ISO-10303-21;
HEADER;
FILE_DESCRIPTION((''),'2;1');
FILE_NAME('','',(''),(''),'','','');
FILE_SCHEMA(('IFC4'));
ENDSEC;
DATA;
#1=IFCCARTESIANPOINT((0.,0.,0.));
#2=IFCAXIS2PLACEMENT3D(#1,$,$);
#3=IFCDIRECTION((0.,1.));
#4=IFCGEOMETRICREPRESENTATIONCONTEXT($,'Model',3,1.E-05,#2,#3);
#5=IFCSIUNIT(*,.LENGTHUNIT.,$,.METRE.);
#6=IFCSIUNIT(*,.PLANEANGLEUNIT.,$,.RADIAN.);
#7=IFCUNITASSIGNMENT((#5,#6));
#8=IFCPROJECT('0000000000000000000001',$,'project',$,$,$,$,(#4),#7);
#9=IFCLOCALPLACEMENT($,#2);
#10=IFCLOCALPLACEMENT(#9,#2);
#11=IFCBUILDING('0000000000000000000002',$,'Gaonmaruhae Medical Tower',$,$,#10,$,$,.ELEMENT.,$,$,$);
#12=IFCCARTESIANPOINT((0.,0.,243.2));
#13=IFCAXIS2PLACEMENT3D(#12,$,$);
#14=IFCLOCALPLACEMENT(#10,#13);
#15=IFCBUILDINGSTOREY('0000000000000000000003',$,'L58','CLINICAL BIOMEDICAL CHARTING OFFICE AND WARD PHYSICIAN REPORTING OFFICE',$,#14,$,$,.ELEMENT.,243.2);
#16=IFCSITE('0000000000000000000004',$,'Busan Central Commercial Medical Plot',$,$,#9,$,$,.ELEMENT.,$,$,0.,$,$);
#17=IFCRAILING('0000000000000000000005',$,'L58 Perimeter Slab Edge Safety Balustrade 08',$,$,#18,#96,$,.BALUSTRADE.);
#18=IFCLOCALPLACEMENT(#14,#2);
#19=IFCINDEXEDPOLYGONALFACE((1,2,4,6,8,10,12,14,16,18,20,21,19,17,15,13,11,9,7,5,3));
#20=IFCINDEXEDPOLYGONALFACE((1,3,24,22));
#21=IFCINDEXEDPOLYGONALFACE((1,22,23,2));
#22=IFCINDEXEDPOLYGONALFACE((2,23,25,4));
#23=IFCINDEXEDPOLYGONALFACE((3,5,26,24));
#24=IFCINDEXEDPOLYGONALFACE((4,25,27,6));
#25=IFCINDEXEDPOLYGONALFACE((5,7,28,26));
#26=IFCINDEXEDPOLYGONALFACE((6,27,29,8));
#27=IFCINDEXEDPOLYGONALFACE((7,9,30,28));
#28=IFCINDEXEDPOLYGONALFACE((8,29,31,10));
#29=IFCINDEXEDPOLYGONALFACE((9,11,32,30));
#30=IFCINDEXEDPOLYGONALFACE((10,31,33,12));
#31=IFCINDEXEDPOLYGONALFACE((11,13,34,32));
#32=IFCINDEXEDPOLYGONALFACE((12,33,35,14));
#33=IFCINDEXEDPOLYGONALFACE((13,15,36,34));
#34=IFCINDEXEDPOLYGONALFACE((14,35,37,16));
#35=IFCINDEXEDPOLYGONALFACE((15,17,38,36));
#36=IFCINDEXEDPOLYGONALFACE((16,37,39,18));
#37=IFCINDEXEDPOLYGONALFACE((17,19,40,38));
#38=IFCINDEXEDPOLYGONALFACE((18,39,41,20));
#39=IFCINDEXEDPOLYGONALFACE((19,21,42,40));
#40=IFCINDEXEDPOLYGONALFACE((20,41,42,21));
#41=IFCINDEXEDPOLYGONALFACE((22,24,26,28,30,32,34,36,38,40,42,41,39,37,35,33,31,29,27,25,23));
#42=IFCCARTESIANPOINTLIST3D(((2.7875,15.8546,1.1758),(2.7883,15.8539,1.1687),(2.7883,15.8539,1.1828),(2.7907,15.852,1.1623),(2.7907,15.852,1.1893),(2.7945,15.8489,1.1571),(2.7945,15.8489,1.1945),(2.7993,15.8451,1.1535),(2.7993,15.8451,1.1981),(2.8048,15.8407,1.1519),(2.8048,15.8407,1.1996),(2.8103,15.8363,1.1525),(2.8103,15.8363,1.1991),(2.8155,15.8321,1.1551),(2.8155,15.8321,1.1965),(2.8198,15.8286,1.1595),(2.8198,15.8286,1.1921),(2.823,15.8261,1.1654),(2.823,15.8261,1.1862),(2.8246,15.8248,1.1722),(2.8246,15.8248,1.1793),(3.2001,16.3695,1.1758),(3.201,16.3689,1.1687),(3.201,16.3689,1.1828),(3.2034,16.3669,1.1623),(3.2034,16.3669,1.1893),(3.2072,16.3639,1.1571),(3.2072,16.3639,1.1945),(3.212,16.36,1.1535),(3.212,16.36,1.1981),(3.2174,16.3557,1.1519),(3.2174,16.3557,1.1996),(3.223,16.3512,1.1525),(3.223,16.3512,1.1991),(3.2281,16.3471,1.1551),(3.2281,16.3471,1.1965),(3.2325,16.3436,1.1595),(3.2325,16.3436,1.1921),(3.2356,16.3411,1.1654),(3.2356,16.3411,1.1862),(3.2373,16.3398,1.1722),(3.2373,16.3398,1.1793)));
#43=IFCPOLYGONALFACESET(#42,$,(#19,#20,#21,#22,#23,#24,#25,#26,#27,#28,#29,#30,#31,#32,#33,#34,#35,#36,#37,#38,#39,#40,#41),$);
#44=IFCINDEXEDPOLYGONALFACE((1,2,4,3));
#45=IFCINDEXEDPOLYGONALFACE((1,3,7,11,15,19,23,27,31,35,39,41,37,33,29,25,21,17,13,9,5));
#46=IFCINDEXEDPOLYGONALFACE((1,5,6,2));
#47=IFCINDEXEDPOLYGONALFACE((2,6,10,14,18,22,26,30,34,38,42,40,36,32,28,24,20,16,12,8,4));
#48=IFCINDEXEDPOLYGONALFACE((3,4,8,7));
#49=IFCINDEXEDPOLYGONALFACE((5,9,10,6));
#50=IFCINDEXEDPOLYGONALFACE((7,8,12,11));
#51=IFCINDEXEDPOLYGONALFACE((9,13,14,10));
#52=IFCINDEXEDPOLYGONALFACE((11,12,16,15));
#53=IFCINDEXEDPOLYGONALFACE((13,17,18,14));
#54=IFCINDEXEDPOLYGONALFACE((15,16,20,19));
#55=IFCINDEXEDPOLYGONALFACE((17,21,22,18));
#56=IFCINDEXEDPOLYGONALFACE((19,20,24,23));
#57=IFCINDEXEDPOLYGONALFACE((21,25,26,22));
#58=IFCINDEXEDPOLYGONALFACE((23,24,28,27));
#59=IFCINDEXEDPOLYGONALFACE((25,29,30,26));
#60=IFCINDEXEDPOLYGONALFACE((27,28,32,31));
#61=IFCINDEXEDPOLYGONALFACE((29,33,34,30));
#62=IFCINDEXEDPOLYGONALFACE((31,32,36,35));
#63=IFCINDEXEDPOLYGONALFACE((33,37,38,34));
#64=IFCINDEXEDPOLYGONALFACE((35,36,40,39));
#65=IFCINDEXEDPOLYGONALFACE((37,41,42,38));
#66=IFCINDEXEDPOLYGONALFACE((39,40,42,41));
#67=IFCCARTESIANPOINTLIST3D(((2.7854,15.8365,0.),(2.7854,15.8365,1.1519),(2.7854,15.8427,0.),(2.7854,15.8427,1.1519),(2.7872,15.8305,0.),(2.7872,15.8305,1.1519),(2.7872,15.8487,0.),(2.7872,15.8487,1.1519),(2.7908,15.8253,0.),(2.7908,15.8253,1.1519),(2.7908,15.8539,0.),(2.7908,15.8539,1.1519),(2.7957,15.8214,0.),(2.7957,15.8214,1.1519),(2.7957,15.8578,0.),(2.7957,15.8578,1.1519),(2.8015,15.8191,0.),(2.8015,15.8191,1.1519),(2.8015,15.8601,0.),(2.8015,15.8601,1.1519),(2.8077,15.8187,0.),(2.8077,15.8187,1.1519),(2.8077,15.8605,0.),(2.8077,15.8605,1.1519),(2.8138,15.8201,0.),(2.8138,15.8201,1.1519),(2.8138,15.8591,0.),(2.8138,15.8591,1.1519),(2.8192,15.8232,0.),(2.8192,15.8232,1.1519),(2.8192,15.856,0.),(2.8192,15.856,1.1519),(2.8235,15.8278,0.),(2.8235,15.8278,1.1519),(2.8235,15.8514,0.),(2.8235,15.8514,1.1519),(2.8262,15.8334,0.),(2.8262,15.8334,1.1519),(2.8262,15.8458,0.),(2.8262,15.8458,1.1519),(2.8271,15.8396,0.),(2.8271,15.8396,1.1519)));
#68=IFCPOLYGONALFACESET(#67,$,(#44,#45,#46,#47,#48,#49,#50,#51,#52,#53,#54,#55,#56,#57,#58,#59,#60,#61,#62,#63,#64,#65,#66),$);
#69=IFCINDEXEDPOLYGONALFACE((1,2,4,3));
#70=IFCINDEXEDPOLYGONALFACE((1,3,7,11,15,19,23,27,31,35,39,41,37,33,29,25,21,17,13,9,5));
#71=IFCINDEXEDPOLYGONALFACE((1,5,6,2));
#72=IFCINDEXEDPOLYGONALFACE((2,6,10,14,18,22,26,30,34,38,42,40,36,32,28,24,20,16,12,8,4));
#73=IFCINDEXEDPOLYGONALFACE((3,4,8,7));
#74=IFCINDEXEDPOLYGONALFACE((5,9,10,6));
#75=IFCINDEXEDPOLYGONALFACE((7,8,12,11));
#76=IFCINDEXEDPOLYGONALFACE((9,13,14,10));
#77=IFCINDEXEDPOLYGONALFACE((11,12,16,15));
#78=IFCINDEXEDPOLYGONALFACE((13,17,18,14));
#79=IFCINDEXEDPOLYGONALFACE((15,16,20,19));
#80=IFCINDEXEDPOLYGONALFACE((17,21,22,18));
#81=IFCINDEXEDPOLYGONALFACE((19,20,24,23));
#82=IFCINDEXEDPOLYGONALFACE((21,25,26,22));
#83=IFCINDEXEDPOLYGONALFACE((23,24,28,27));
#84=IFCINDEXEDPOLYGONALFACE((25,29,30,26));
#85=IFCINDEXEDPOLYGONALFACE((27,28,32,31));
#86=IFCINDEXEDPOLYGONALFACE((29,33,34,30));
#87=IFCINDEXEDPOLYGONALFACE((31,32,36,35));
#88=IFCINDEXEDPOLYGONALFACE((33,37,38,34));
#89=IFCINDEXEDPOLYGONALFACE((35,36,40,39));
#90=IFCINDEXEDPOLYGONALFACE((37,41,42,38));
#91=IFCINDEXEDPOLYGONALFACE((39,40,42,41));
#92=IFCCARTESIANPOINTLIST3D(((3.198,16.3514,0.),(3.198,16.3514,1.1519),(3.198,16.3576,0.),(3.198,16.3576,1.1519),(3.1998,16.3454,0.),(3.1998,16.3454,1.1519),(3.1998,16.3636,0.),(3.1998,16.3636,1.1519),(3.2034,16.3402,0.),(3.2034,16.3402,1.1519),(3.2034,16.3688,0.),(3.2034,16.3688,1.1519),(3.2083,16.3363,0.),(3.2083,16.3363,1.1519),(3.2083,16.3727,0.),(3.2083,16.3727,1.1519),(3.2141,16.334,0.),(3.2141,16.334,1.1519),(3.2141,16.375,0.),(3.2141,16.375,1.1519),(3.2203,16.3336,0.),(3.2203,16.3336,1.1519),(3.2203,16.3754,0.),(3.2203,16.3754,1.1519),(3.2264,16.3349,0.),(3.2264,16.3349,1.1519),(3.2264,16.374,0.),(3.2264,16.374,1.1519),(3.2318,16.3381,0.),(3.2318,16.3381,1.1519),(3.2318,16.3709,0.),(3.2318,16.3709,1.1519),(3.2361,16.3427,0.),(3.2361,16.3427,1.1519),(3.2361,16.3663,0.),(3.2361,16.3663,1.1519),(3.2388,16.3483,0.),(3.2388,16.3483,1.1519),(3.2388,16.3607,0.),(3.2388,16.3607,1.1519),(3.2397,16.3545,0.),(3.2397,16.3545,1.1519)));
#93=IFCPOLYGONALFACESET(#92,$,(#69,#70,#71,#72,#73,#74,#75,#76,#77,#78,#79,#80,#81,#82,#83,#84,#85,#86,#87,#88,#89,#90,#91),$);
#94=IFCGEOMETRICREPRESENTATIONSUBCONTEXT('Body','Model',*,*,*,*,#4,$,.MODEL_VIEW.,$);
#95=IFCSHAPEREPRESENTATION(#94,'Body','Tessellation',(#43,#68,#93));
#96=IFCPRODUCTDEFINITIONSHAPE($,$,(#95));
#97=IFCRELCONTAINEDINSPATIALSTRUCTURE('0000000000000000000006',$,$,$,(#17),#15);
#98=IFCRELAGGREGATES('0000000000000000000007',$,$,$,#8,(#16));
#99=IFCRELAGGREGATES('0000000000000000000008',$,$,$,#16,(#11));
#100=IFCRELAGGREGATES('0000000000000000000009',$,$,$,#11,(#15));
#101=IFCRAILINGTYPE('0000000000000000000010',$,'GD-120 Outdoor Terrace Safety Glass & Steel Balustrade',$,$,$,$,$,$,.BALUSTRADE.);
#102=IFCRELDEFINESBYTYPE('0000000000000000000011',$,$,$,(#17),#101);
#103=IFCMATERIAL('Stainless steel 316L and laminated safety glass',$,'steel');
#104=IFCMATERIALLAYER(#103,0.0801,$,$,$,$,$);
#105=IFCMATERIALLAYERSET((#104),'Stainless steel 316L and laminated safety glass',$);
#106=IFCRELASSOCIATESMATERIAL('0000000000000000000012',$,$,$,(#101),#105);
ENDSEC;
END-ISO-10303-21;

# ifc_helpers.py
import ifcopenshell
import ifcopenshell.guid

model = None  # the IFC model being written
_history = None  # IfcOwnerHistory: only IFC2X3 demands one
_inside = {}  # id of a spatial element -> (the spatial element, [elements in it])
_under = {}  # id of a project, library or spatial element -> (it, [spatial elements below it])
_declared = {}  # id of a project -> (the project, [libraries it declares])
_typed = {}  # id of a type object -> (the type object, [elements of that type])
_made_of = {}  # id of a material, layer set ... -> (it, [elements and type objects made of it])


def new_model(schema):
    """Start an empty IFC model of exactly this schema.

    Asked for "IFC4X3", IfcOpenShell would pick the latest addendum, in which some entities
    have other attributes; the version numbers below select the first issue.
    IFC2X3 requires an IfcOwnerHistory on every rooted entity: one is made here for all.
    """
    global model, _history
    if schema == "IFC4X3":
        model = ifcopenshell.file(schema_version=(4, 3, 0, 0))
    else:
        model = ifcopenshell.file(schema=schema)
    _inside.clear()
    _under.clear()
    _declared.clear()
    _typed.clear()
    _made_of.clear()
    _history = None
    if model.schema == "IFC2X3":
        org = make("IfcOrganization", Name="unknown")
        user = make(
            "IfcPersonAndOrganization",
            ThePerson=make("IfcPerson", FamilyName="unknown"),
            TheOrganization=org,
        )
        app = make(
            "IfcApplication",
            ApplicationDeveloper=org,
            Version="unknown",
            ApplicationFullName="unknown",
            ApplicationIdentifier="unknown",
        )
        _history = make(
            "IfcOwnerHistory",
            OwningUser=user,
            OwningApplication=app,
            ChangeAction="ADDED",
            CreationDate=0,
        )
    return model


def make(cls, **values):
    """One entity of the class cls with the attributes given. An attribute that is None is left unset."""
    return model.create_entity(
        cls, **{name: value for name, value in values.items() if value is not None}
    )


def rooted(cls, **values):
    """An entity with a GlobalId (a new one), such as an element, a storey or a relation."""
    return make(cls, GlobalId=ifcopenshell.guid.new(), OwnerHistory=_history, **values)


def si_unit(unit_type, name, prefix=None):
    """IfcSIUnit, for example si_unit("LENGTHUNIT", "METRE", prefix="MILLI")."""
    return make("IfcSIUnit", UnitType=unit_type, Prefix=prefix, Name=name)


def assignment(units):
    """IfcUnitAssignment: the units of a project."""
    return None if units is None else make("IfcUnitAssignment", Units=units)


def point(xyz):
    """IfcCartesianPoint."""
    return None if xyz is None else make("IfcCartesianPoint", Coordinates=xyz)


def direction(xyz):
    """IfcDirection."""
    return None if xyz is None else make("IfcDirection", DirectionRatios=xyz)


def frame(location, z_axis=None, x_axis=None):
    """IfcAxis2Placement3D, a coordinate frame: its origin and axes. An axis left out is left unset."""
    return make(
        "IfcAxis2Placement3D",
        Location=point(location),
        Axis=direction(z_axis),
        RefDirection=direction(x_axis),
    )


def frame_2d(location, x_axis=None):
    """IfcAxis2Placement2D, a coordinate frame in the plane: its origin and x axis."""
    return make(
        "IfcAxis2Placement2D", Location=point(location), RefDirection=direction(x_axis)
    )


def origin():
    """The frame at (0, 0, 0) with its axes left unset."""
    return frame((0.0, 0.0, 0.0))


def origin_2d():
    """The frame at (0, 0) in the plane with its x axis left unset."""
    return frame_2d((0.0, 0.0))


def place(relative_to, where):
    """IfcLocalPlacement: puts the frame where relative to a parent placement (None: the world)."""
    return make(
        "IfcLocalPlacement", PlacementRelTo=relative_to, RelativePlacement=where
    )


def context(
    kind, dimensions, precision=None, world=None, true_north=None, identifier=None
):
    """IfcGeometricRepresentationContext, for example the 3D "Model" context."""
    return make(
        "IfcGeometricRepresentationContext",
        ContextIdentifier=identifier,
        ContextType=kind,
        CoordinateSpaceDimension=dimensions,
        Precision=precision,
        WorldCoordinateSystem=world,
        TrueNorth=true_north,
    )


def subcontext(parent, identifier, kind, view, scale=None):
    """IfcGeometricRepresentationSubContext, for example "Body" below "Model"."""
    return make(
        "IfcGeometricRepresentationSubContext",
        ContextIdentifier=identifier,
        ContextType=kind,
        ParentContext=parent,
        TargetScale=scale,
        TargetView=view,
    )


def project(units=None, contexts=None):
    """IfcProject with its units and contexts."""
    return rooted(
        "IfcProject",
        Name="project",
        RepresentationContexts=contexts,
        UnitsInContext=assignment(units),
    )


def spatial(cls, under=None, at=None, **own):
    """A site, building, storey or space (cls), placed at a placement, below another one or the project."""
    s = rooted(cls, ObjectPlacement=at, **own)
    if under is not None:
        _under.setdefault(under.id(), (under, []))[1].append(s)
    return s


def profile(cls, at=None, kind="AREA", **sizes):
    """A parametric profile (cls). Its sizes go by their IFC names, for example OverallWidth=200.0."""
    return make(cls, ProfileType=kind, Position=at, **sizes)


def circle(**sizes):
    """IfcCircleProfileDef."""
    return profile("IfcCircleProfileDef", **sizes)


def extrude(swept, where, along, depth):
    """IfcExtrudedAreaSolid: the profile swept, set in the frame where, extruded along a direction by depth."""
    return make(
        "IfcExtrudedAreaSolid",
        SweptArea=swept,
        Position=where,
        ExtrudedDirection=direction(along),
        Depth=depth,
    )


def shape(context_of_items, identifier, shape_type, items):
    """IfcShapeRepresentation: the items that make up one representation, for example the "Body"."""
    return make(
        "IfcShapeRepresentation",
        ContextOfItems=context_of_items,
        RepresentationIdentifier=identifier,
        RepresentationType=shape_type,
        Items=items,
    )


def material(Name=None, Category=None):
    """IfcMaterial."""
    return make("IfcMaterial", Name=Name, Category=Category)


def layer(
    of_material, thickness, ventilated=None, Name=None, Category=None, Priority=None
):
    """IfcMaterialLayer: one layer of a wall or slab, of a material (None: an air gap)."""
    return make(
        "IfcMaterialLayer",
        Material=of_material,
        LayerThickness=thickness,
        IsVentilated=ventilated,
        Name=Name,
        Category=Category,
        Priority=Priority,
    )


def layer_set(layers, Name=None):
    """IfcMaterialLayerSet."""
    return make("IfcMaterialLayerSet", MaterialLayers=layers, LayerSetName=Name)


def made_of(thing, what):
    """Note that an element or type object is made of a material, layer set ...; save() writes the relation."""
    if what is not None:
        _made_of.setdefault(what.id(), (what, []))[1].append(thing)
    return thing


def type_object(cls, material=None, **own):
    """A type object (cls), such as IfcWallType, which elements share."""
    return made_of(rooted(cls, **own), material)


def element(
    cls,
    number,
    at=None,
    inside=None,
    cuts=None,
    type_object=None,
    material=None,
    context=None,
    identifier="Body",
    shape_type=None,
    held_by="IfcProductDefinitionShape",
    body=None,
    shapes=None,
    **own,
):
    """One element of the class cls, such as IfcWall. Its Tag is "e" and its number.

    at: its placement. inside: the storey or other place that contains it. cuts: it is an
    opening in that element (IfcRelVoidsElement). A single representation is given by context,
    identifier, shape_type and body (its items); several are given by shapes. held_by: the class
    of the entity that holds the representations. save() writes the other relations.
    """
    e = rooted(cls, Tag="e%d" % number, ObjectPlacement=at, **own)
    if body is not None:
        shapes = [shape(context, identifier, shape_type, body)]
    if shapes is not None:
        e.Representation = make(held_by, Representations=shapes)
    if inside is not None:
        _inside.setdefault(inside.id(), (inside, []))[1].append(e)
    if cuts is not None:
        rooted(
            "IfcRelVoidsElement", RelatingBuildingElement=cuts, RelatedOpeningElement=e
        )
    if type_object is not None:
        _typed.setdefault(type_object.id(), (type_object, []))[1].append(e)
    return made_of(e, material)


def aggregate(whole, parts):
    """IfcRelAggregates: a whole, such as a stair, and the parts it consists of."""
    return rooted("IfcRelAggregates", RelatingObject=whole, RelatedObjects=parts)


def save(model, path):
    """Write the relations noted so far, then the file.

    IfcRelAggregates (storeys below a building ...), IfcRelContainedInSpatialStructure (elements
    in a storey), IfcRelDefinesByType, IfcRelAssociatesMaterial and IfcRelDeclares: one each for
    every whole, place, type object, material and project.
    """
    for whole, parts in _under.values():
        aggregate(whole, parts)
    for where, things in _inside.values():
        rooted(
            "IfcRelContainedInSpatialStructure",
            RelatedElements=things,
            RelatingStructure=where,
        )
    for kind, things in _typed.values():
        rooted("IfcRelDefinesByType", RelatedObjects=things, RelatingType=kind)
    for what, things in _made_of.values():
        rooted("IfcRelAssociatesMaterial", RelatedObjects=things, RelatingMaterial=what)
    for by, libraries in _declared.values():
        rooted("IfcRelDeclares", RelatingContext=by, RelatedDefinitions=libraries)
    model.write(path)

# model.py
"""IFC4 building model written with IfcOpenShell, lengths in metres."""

from ifc_helpers import new_model, si_unit, direction, frame, origin, origin_2d, place, context, subcontext, project, spatial, circle, extrude, material, layer, layer_set, type_object, element, save


model = new_model("IFC4")

# Units and contexts
model_context = context("Model", 3, precision=1e-05, world=origin(), true_north=direction((0.0, 1.0)))
body_context = subcontext(model_context, "Body", "Model", "MODEL_VIEW")
ifc_project = project(units=[si_unit("LENGTHUNIT", "METRE"), si_unit("PLANEANGLEUNIT", "RADIAN")], contexts=[model_context])

# Site, building, storey
site_placement = place(None, origin())
site = spatial("IfcSite", under=ifc_project, at=site_placement, Name="Busan Central Commercial Medical Plot", CompositionType="ELEMENT", RefElevation=0.0)
building_placement = place(site_placement, origin())
building = spatial("IfcBuilding", under=site, at=building_placement, Name="Gaonmaruhae Medical Tower", CompositionType="ELEMENT")
storey_placement = place(building_placement, frame((0.0, 0.0, 243.2)))
storey = spatial("IfcBuildingStorey", under=building, at=storey_placement, Name="L58", Description="CLINICAL BIOMEDICAL CHARTING OFFICE AND WARD PHYSICIAN REPORTING OFFICE", CompositionType="ELEMENT", Elevation=243.2)

# Railing
ifc_material_1 = material(Name="Stainless steel 316L and laminated safety glass", Category="steel")
ifc_layer_1 = layer(ifc_material_1, 0.0801)
ifc_layer_set_1 = layer_set([ifc_layer_1], Name="Stainless steel 316L and laminated safety glass")
railing_type_1 = type_object("IfcRailingType", Name="GD-120 Outdoor Terrace Safety Glass & Steel Balustrade", PredefinedType="BALUSTRADE", material=ifc_layer_set_1)
railing_1_placement = place(storey_placement, frame((2.8062, 15.8396, 0.0)))
element("IfcRailing", 1, at=railing_1_placement, inside=storey, type_object=railing_type_1, Name="L58 Perimeter Slab Edge Safety Balustrade 08", PredefinedType="BALUSTRADE", context=body_context, shape_type="SweptSolid", body=[
    extrude(circle(Radius=0.0239, at=origin_2d()), frame((0.0, 0.0, 1.1758), z_axis=(0.625327, 0.780363, 0.0), x_axis=(-0.780363, 0.625327, 0.0)), (0.0, 0.0, 1.0), 0.6599),
    extrude(circle(Radius=0.021, at=origin_2d()), origin(), (0.0, 0.0, 1.0), 1.1519),
    extrude(circle(Radius=0.021, at=origin_2d()), frame((0.4126, 0.5149, 0.0)), (0.0, 0.0, 1.0), 1.1519),
])

save(model, "model.ifc")
